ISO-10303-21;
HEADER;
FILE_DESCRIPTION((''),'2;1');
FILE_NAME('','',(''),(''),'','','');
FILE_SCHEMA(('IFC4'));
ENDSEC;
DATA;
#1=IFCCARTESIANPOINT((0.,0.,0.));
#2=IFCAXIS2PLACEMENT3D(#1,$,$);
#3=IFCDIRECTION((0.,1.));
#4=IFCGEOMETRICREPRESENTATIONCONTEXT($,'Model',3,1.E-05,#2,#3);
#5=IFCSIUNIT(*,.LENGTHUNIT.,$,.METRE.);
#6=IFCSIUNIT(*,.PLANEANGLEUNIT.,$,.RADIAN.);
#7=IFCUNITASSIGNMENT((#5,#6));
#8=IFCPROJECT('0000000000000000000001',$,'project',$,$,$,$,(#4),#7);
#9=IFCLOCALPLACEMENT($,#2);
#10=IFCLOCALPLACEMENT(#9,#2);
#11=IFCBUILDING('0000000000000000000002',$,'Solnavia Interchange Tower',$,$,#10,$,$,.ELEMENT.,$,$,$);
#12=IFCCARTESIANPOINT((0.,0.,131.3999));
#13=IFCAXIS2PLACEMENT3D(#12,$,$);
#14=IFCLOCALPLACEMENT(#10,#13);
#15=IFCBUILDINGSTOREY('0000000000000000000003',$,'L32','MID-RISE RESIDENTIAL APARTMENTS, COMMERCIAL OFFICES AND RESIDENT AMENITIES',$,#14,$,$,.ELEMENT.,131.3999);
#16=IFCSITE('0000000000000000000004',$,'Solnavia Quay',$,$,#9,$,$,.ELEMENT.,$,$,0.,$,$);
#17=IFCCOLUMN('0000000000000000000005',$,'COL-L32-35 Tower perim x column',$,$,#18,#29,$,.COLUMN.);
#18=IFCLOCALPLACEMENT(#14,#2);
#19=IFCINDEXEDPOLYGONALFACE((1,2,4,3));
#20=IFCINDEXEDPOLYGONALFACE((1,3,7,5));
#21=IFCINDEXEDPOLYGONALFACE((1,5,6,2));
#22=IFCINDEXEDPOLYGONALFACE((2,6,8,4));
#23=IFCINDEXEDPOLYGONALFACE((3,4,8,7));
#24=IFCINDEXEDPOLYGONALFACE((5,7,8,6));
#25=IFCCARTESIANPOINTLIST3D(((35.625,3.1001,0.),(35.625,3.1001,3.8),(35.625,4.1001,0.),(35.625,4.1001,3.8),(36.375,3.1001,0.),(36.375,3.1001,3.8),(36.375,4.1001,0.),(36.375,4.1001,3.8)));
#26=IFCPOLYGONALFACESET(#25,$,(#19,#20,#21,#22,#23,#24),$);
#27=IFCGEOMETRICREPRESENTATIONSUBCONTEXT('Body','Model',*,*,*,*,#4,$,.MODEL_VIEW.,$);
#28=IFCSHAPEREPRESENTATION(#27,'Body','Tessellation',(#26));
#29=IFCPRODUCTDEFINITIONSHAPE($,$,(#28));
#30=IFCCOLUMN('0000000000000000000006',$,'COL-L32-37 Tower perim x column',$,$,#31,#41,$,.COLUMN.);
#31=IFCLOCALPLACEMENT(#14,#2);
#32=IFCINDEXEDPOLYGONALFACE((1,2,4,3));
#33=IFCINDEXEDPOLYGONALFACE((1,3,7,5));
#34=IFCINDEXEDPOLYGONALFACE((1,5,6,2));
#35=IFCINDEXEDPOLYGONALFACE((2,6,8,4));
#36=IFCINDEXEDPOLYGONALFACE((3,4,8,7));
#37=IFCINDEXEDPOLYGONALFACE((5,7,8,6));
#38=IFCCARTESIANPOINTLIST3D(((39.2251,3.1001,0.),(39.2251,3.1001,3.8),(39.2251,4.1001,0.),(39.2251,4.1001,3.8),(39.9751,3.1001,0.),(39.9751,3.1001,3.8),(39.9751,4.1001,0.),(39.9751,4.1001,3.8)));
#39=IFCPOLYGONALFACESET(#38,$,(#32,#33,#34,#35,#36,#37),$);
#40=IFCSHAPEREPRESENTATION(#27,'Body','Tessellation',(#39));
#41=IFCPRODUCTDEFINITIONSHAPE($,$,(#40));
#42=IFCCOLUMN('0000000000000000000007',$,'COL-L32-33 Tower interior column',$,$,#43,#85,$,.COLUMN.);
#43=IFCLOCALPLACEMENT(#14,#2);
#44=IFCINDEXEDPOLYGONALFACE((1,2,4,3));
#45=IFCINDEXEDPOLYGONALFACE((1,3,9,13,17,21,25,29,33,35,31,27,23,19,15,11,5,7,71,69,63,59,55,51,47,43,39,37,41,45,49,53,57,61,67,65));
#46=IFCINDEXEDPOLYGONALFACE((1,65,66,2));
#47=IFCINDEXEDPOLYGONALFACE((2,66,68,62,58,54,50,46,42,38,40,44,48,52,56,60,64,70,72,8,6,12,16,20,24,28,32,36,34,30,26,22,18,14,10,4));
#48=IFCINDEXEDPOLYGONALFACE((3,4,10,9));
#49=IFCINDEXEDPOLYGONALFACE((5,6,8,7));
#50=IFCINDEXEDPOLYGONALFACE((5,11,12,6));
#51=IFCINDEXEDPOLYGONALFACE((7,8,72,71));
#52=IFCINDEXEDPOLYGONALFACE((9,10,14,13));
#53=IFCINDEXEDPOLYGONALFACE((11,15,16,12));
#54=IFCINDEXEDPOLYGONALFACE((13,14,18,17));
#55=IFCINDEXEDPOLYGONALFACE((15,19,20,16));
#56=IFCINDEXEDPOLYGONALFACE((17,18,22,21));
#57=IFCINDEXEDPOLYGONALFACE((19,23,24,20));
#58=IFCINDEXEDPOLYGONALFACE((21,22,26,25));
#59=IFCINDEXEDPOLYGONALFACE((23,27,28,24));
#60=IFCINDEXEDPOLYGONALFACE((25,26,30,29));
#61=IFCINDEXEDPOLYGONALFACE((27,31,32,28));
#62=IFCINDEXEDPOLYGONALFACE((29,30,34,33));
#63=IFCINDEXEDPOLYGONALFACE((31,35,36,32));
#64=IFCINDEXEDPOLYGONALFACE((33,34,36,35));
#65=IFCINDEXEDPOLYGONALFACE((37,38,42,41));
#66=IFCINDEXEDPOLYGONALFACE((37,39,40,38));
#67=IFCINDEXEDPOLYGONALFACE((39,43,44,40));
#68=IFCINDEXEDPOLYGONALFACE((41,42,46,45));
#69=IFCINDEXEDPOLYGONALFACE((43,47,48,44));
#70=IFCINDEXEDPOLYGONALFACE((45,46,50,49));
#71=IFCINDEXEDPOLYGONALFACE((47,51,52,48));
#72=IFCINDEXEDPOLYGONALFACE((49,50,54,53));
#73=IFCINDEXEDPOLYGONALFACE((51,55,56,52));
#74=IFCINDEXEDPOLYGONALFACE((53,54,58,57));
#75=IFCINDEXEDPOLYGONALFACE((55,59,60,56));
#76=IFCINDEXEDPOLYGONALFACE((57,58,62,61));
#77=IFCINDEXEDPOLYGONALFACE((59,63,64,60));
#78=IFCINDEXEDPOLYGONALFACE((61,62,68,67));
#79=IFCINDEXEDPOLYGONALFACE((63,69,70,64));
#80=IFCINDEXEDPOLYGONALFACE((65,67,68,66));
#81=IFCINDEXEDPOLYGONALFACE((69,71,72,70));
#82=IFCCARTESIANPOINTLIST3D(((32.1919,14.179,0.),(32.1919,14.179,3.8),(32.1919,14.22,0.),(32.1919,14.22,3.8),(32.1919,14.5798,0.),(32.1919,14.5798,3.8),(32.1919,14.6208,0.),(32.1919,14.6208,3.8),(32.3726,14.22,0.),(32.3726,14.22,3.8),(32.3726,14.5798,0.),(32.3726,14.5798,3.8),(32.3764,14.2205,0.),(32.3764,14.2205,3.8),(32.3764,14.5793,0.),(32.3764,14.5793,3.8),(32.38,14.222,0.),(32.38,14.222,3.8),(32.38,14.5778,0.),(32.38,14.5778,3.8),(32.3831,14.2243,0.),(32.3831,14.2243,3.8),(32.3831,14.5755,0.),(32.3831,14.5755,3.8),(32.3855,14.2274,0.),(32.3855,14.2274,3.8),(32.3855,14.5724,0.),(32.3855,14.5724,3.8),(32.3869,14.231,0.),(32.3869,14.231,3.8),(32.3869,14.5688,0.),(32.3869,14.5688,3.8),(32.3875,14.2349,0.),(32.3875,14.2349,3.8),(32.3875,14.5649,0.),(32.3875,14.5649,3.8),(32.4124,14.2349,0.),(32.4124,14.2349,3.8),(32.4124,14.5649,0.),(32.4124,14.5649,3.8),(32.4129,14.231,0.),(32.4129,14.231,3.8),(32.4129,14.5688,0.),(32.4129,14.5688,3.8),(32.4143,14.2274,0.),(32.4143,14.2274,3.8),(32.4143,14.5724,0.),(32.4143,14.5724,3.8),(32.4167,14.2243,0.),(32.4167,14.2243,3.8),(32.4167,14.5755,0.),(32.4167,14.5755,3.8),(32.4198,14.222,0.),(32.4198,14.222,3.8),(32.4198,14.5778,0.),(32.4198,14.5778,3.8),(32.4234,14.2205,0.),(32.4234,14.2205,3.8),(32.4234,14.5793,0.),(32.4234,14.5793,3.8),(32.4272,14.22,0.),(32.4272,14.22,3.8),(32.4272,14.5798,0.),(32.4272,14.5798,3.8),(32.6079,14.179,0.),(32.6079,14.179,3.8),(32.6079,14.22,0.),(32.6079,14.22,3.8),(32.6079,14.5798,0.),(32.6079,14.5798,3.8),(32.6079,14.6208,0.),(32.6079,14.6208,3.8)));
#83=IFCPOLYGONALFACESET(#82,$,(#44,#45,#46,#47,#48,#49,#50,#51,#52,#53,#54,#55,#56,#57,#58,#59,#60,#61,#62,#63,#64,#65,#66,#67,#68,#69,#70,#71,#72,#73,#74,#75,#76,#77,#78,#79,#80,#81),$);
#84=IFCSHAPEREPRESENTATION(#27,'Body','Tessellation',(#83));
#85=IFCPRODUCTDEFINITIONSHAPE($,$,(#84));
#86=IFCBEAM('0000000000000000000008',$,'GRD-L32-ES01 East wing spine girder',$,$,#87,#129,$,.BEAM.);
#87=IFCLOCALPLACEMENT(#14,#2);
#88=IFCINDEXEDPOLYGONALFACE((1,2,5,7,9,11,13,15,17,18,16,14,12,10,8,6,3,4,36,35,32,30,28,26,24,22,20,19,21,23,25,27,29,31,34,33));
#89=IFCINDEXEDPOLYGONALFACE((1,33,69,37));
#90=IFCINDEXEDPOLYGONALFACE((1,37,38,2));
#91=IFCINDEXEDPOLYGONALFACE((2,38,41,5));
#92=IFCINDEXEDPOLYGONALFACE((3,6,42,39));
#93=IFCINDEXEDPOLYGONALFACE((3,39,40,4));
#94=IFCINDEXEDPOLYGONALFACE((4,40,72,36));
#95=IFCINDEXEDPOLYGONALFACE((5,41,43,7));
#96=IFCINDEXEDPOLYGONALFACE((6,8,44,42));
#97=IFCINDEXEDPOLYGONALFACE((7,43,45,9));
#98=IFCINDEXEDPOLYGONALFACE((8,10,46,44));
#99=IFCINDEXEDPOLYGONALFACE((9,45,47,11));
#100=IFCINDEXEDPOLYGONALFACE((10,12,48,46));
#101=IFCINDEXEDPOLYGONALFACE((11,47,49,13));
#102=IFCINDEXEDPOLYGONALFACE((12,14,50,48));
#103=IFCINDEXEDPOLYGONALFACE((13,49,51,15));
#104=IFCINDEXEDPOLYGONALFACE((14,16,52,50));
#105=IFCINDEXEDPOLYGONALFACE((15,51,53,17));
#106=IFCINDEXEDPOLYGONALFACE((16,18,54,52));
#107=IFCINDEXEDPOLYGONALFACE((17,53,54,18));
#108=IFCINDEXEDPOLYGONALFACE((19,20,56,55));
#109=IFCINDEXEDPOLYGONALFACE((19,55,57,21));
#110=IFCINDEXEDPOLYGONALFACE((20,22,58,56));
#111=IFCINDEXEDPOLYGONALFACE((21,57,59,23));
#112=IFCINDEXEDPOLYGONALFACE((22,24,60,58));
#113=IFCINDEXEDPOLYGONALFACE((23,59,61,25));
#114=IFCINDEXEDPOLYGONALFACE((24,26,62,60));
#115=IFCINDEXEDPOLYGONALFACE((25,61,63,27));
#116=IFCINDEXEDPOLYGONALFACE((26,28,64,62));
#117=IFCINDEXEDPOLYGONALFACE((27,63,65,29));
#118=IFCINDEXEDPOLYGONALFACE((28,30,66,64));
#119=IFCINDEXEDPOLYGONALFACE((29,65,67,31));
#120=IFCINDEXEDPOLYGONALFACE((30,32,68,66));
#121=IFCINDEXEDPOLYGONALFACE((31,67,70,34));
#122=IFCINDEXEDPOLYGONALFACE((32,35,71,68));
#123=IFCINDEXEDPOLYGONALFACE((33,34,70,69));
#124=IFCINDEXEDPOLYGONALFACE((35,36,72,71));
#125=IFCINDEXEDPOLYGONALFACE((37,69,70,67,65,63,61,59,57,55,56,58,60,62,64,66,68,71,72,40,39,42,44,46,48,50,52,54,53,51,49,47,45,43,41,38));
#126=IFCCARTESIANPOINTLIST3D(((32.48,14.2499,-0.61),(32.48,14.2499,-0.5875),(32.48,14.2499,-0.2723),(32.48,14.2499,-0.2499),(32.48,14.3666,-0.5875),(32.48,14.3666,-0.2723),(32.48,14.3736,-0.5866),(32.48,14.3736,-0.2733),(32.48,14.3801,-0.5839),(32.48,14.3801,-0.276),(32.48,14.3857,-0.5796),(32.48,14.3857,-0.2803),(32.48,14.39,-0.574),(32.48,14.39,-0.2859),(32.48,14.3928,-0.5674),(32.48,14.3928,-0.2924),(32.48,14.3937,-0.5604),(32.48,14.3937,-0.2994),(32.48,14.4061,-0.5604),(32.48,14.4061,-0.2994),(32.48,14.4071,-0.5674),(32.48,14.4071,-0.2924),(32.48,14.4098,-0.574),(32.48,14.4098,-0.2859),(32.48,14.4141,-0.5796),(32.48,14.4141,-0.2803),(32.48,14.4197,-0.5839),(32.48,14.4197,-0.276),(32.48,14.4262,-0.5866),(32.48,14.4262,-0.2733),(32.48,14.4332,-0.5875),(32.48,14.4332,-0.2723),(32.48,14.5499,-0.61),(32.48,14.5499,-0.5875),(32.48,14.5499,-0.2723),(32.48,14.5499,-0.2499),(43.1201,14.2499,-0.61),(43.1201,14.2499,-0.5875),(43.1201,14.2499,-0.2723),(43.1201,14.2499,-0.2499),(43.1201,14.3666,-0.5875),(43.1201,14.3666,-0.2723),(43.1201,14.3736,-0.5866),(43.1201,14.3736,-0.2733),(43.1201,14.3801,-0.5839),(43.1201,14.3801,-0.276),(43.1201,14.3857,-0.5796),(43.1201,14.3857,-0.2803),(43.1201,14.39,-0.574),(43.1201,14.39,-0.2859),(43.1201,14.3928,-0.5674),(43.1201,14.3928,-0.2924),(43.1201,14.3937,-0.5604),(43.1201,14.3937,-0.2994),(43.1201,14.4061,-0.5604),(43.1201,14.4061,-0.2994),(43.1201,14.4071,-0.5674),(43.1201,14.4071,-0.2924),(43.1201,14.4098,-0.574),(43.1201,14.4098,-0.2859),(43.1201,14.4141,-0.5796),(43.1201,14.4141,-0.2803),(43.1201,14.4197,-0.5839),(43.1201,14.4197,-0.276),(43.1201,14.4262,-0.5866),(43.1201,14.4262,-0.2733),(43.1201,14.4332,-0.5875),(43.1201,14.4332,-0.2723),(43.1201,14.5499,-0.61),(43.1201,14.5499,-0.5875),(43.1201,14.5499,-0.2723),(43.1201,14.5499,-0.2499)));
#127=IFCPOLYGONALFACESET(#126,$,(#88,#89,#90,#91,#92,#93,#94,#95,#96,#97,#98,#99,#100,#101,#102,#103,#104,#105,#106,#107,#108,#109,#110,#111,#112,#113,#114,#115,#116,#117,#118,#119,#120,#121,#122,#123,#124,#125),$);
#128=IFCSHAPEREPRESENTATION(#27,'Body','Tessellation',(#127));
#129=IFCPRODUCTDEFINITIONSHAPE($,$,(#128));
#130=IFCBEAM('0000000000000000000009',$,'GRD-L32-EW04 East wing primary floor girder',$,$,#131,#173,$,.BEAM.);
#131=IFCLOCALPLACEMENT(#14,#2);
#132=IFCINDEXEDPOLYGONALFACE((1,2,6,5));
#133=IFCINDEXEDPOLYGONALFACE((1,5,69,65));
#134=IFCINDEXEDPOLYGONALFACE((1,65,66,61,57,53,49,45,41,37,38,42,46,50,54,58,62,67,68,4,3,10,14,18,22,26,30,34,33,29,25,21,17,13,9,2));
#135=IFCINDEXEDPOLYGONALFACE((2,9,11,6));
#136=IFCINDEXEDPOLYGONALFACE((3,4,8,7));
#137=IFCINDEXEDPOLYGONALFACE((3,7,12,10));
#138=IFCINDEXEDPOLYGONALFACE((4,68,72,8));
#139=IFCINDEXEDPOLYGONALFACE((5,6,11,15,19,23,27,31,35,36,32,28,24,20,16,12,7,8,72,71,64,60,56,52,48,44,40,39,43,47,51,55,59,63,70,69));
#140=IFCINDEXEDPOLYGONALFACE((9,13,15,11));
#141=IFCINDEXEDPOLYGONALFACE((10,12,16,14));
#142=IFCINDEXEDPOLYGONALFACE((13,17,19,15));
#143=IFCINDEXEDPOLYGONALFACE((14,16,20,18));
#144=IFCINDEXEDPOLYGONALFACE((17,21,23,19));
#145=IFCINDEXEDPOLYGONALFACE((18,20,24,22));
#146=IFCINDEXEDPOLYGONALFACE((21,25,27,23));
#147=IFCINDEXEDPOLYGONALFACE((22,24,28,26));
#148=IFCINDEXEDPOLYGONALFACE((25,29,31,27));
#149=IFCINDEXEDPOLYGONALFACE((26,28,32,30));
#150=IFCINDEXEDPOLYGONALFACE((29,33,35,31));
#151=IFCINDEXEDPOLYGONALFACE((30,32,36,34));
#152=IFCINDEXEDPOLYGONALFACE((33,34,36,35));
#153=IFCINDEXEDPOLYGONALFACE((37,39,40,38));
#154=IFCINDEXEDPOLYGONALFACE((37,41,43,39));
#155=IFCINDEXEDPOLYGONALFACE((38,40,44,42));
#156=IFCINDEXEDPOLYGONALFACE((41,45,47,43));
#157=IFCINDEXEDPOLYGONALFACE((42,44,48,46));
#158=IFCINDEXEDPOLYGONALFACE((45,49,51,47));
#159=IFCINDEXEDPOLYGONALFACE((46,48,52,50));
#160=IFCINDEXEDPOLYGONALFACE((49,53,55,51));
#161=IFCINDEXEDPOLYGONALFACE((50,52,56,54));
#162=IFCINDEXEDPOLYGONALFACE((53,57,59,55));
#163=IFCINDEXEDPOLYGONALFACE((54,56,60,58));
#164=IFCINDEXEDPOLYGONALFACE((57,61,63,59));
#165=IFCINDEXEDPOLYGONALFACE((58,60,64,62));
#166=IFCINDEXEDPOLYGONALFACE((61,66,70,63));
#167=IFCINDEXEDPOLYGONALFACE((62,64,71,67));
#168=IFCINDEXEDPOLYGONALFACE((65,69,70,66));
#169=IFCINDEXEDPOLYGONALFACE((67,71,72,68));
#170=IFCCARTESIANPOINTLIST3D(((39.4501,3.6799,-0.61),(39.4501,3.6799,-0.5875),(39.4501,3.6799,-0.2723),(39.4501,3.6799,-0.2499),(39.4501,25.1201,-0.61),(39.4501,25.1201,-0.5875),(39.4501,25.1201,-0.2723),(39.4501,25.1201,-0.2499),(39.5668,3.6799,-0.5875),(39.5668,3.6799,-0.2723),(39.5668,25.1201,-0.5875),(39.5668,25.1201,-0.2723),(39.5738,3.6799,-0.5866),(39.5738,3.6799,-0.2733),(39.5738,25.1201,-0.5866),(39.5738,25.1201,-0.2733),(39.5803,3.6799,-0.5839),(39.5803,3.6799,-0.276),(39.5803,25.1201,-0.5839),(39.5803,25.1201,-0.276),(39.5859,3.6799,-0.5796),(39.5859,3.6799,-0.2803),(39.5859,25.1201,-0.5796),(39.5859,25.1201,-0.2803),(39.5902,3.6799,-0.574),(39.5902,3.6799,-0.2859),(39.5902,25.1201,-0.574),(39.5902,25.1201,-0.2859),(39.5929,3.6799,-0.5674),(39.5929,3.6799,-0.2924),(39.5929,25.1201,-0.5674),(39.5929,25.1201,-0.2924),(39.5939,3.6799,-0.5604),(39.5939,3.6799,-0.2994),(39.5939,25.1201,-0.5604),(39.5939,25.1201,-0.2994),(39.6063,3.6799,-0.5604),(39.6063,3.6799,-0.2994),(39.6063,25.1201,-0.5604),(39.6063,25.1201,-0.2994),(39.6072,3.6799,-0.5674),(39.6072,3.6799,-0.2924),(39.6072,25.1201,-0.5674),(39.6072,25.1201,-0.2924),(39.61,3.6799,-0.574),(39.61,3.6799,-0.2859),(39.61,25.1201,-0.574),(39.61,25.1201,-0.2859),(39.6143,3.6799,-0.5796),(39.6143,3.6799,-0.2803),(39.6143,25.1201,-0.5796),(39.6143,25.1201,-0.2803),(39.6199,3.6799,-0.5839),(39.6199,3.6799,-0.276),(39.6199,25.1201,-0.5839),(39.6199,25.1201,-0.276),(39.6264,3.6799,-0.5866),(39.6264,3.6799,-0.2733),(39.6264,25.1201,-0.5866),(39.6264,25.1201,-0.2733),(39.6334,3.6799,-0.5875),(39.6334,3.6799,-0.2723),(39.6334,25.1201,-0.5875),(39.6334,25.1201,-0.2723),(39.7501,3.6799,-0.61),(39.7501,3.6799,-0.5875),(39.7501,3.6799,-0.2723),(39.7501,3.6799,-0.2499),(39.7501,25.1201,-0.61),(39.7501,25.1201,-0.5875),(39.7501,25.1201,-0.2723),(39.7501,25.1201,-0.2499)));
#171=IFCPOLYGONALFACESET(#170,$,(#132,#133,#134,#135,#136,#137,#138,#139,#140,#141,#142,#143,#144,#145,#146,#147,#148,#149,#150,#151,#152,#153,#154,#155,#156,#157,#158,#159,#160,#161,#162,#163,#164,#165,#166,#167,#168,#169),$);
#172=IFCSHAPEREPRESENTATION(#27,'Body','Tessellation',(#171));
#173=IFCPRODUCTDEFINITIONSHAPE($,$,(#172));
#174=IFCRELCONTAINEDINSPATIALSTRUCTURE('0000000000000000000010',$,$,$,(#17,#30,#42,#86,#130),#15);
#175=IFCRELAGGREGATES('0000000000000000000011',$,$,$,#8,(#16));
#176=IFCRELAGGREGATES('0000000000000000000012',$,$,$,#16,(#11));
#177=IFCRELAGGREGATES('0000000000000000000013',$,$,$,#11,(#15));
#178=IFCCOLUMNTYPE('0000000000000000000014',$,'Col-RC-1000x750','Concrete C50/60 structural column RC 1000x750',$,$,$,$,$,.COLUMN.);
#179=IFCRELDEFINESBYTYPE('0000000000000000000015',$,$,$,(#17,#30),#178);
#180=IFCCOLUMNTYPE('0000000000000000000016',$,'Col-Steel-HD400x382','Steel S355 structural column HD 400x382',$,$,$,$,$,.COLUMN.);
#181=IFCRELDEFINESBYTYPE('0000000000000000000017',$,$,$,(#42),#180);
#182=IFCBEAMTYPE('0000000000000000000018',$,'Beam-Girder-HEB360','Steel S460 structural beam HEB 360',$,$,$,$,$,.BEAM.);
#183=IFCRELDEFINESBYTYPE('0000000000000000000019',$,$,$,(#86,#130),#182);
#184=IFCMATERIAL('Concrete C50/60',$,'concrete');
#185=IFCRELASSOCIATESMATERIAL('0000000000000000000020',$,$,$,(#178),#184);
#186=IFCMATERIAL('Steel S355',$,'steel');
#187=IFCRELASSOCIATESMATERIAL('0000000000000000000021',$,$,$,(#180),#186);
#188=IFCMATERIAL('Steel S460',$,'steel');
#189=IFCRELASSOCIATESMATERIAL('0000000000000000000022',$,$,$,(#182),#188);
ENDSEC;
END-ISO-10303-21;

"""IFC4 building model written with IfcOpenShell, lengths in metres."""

from ifc_helpers import new_model, si_unit, direction, frame, origin, origin_2d, place, context, subcontext, project, spatial, rectangle, i_section, extrude, material, material_profile, profile_set, type_object, element, save


model = new_model("IFC4")

# Units and contexts
model_context = context("Model", 3, precision=1e-05, world=origin(), true_north=direction((0.0, 1.0)))
body_context = subcontext(model_context, "Body", "Model", "MODEL_VIEW")
ifc_project = project(units=[si_unit("LENGTHUNIT", "METRE"), si_unit("PLANEANGLEUNIT", "RADIAN")], contexts=[model_context])

# Site, building, storey
site_placement = place(None, origin())
site = spatial("IfcSite", under=ifc_project, at=site_placement, Name="Solnavia Quay", CompositionType="ELEMENT", RefElevation=0.0)
building_placement = place(site_placement, origin())
building = spatial("IfcBuilding", under=site, at=building_placement, Name="Solnavia Interchange Tower", CompositionType="ELEMENT")
storey_placement = place(building_placement, frame((0.0, 0.0, 131.3999)))
storey = spatial("IfcBuildingStorey", under=building, at=storey_placement, Name="L32", Description="MID-RISE RESIDENTIAL APARTMENTS, COMMERCIAL OFFICES AND RESIDENT AMENITIES", CompositionType="ELEMENT", Elevation=131.3999)

# Columns
ifc_material_1 = material(Name="Concrete C50/60", Category="concrete")
ifc_material_profile_1 = material_profile(ifc_material_1, rectangle(XDim=0.75, YDim=1.0, at=origin_2d()), Name="RC 1000x750")
ifc_profile_set_1 = profile_set([ifc_material_profile_1], Name="Concrete C50/60")
column_type_1 = type_object("IfcColumnType", Name="Col-RC-1000x750", Description="Concrete C50/60 structural column RC 1000x750", PredefinedType="COLUMN", material=ifc_profile_set_1)
for number, where, z_axis, x_axis, name in (
    (1, (36.0, 3.6001, 0.0), (0.0, 0.0, 1.0), (1.0, 0.0, 0.0), "COL-L32-35 Tower perim x column"),
    (2, (39.6001, 3.6001, 0.0), (0.0, 0.0, 1.0), (1.0, 0.0, 0.0), "COL-L32-37 Tower perim x column"),
):
    element("IfcColumn", number, at=place(storey_placement, frame(where, z_axis=z_axis, x_axis=x_axis)), inside=storey, type_object=column_type_1, Name=name, PredefinedType="COLUMN", context=body_context, shape_type="SweptSolid", body=[
        extrude(rectangle(XDim=0.75, YDim=1.0, at=origin_2d()), origin(), (0.0, 0.0, 1.0), 3.8),
    ])
ifc_material_2 = material(Name="Steel S355", Category="steel")
ifc_material_profile_2 = material_profile(ifc_material_2, i_section(OverallWidth=0.416, OverallDepth=0.4419, WebThickness=0.0249, FlangeThickness=0.041, FilletRadius=0.0149, at=origin_2d()), Name="HD 400x382")
ifc_profile_set_2 = profile_set([ifc_material_profile_2], Name="Steel S355")
column_type_2 = type_object("IfcColumnType", Name="Col-Steel-HD400x382", Description="Steel S355 structural column HD 400x382", PredefinedType="COLUMN", material=ifc_profile_set_2)
column_placement = place(storey_placement, frame((32.3999, 14.3999, 0.0), z_axis=(0.0, 0.0, 1.0), x_axis=(1.0, 0.0, 0.0)))
element("IfcColumn", 3, at=column_placement, inside=storey, type_object=column_type_2, Name="COL-L32-33 Tower interior column", PredefinedType="COLUMN", context=body_context, shape_type="SweptSolid", body=[
    extrude(i_section(OverallWidth=0.416, OverallDepth=0.4419, WebThickness=0.0249, FlangeThickness=0.041, FilletRadius=0.0149, at=origin_2d()), origin(), (0.0, 0.0, 1.0), 3.8),
])

# Beams
ifc_material_3 = material(Name="Steel S460", Category="steel")
ifc_material_profile_3 = material_profile(ifc_material_3, i_section(OverallWidth=0.3, OverallDepth=0.3601, WebThickness=0.0125, FlangeThickness=0.0225, FilletRadius=0.0271, at=origin_2d()), Name="HEB 360")
ifc_profile_set_3 = profile_set([ifc_material_profile_3], Name="Steel S460")
beam_type_1 = type_object("IfcBeamType", Name="Beam-Girder-HEB360", Description="Steel S460 structural beam HEB 360", PredefinedType="BEAM", material=ifc_profile_set_3)
beam_1_placement = place(storey_placement, frame((32.48, 14.3999, -0.4299), z_axis=(1.0, 0.0, 0.0), x_axis=(0.0, 1.0, 0.0)))
element("IfcBeam", 4, at=beam_1_placement, inside=storey, type_object=beam_type_1, Name="GRD-L32-ES01 East wing spine girder", PredefinedType="BEAM", context=body_context, shape_type="SweptSolid", body=[
    extrude(i_section(OverallWidth=0.3, OverallDepth=0.3601, WebThickness=0.0125, FlangeThickness=0.0225, FilletRadius=0.0271, at=origin_2d()), origin(), (0.0, 0.0, 1.0), 10.6401),
])
beam_2_placement = place(storey_placement, frame((39.6001, 3.6799, -0.4299), z_axis=(0.0, 1.0, 0.0), x_axis=(-1.0, 0.0, 0.0)))
element("IfcBeam", 5, at=beam_2_placement, inside=storey, type_object=beam_type_1, Name="GRD-L32-EW04 East wing primary floor girder", PredefinedType="BEAM", context=body_context, shape_type="SweptSolid", body=[
    extrude(i_section(OverallWidth=0.3, OverallDepth=0.3601, WebThickness=0.0125, FlangeThickness=0.0225, FilletRadius=0.0271, at=origin_2d()), origin(), (0.0, 0.0, 1.0), 21.4402),
])

save(model, "model.ifc")
